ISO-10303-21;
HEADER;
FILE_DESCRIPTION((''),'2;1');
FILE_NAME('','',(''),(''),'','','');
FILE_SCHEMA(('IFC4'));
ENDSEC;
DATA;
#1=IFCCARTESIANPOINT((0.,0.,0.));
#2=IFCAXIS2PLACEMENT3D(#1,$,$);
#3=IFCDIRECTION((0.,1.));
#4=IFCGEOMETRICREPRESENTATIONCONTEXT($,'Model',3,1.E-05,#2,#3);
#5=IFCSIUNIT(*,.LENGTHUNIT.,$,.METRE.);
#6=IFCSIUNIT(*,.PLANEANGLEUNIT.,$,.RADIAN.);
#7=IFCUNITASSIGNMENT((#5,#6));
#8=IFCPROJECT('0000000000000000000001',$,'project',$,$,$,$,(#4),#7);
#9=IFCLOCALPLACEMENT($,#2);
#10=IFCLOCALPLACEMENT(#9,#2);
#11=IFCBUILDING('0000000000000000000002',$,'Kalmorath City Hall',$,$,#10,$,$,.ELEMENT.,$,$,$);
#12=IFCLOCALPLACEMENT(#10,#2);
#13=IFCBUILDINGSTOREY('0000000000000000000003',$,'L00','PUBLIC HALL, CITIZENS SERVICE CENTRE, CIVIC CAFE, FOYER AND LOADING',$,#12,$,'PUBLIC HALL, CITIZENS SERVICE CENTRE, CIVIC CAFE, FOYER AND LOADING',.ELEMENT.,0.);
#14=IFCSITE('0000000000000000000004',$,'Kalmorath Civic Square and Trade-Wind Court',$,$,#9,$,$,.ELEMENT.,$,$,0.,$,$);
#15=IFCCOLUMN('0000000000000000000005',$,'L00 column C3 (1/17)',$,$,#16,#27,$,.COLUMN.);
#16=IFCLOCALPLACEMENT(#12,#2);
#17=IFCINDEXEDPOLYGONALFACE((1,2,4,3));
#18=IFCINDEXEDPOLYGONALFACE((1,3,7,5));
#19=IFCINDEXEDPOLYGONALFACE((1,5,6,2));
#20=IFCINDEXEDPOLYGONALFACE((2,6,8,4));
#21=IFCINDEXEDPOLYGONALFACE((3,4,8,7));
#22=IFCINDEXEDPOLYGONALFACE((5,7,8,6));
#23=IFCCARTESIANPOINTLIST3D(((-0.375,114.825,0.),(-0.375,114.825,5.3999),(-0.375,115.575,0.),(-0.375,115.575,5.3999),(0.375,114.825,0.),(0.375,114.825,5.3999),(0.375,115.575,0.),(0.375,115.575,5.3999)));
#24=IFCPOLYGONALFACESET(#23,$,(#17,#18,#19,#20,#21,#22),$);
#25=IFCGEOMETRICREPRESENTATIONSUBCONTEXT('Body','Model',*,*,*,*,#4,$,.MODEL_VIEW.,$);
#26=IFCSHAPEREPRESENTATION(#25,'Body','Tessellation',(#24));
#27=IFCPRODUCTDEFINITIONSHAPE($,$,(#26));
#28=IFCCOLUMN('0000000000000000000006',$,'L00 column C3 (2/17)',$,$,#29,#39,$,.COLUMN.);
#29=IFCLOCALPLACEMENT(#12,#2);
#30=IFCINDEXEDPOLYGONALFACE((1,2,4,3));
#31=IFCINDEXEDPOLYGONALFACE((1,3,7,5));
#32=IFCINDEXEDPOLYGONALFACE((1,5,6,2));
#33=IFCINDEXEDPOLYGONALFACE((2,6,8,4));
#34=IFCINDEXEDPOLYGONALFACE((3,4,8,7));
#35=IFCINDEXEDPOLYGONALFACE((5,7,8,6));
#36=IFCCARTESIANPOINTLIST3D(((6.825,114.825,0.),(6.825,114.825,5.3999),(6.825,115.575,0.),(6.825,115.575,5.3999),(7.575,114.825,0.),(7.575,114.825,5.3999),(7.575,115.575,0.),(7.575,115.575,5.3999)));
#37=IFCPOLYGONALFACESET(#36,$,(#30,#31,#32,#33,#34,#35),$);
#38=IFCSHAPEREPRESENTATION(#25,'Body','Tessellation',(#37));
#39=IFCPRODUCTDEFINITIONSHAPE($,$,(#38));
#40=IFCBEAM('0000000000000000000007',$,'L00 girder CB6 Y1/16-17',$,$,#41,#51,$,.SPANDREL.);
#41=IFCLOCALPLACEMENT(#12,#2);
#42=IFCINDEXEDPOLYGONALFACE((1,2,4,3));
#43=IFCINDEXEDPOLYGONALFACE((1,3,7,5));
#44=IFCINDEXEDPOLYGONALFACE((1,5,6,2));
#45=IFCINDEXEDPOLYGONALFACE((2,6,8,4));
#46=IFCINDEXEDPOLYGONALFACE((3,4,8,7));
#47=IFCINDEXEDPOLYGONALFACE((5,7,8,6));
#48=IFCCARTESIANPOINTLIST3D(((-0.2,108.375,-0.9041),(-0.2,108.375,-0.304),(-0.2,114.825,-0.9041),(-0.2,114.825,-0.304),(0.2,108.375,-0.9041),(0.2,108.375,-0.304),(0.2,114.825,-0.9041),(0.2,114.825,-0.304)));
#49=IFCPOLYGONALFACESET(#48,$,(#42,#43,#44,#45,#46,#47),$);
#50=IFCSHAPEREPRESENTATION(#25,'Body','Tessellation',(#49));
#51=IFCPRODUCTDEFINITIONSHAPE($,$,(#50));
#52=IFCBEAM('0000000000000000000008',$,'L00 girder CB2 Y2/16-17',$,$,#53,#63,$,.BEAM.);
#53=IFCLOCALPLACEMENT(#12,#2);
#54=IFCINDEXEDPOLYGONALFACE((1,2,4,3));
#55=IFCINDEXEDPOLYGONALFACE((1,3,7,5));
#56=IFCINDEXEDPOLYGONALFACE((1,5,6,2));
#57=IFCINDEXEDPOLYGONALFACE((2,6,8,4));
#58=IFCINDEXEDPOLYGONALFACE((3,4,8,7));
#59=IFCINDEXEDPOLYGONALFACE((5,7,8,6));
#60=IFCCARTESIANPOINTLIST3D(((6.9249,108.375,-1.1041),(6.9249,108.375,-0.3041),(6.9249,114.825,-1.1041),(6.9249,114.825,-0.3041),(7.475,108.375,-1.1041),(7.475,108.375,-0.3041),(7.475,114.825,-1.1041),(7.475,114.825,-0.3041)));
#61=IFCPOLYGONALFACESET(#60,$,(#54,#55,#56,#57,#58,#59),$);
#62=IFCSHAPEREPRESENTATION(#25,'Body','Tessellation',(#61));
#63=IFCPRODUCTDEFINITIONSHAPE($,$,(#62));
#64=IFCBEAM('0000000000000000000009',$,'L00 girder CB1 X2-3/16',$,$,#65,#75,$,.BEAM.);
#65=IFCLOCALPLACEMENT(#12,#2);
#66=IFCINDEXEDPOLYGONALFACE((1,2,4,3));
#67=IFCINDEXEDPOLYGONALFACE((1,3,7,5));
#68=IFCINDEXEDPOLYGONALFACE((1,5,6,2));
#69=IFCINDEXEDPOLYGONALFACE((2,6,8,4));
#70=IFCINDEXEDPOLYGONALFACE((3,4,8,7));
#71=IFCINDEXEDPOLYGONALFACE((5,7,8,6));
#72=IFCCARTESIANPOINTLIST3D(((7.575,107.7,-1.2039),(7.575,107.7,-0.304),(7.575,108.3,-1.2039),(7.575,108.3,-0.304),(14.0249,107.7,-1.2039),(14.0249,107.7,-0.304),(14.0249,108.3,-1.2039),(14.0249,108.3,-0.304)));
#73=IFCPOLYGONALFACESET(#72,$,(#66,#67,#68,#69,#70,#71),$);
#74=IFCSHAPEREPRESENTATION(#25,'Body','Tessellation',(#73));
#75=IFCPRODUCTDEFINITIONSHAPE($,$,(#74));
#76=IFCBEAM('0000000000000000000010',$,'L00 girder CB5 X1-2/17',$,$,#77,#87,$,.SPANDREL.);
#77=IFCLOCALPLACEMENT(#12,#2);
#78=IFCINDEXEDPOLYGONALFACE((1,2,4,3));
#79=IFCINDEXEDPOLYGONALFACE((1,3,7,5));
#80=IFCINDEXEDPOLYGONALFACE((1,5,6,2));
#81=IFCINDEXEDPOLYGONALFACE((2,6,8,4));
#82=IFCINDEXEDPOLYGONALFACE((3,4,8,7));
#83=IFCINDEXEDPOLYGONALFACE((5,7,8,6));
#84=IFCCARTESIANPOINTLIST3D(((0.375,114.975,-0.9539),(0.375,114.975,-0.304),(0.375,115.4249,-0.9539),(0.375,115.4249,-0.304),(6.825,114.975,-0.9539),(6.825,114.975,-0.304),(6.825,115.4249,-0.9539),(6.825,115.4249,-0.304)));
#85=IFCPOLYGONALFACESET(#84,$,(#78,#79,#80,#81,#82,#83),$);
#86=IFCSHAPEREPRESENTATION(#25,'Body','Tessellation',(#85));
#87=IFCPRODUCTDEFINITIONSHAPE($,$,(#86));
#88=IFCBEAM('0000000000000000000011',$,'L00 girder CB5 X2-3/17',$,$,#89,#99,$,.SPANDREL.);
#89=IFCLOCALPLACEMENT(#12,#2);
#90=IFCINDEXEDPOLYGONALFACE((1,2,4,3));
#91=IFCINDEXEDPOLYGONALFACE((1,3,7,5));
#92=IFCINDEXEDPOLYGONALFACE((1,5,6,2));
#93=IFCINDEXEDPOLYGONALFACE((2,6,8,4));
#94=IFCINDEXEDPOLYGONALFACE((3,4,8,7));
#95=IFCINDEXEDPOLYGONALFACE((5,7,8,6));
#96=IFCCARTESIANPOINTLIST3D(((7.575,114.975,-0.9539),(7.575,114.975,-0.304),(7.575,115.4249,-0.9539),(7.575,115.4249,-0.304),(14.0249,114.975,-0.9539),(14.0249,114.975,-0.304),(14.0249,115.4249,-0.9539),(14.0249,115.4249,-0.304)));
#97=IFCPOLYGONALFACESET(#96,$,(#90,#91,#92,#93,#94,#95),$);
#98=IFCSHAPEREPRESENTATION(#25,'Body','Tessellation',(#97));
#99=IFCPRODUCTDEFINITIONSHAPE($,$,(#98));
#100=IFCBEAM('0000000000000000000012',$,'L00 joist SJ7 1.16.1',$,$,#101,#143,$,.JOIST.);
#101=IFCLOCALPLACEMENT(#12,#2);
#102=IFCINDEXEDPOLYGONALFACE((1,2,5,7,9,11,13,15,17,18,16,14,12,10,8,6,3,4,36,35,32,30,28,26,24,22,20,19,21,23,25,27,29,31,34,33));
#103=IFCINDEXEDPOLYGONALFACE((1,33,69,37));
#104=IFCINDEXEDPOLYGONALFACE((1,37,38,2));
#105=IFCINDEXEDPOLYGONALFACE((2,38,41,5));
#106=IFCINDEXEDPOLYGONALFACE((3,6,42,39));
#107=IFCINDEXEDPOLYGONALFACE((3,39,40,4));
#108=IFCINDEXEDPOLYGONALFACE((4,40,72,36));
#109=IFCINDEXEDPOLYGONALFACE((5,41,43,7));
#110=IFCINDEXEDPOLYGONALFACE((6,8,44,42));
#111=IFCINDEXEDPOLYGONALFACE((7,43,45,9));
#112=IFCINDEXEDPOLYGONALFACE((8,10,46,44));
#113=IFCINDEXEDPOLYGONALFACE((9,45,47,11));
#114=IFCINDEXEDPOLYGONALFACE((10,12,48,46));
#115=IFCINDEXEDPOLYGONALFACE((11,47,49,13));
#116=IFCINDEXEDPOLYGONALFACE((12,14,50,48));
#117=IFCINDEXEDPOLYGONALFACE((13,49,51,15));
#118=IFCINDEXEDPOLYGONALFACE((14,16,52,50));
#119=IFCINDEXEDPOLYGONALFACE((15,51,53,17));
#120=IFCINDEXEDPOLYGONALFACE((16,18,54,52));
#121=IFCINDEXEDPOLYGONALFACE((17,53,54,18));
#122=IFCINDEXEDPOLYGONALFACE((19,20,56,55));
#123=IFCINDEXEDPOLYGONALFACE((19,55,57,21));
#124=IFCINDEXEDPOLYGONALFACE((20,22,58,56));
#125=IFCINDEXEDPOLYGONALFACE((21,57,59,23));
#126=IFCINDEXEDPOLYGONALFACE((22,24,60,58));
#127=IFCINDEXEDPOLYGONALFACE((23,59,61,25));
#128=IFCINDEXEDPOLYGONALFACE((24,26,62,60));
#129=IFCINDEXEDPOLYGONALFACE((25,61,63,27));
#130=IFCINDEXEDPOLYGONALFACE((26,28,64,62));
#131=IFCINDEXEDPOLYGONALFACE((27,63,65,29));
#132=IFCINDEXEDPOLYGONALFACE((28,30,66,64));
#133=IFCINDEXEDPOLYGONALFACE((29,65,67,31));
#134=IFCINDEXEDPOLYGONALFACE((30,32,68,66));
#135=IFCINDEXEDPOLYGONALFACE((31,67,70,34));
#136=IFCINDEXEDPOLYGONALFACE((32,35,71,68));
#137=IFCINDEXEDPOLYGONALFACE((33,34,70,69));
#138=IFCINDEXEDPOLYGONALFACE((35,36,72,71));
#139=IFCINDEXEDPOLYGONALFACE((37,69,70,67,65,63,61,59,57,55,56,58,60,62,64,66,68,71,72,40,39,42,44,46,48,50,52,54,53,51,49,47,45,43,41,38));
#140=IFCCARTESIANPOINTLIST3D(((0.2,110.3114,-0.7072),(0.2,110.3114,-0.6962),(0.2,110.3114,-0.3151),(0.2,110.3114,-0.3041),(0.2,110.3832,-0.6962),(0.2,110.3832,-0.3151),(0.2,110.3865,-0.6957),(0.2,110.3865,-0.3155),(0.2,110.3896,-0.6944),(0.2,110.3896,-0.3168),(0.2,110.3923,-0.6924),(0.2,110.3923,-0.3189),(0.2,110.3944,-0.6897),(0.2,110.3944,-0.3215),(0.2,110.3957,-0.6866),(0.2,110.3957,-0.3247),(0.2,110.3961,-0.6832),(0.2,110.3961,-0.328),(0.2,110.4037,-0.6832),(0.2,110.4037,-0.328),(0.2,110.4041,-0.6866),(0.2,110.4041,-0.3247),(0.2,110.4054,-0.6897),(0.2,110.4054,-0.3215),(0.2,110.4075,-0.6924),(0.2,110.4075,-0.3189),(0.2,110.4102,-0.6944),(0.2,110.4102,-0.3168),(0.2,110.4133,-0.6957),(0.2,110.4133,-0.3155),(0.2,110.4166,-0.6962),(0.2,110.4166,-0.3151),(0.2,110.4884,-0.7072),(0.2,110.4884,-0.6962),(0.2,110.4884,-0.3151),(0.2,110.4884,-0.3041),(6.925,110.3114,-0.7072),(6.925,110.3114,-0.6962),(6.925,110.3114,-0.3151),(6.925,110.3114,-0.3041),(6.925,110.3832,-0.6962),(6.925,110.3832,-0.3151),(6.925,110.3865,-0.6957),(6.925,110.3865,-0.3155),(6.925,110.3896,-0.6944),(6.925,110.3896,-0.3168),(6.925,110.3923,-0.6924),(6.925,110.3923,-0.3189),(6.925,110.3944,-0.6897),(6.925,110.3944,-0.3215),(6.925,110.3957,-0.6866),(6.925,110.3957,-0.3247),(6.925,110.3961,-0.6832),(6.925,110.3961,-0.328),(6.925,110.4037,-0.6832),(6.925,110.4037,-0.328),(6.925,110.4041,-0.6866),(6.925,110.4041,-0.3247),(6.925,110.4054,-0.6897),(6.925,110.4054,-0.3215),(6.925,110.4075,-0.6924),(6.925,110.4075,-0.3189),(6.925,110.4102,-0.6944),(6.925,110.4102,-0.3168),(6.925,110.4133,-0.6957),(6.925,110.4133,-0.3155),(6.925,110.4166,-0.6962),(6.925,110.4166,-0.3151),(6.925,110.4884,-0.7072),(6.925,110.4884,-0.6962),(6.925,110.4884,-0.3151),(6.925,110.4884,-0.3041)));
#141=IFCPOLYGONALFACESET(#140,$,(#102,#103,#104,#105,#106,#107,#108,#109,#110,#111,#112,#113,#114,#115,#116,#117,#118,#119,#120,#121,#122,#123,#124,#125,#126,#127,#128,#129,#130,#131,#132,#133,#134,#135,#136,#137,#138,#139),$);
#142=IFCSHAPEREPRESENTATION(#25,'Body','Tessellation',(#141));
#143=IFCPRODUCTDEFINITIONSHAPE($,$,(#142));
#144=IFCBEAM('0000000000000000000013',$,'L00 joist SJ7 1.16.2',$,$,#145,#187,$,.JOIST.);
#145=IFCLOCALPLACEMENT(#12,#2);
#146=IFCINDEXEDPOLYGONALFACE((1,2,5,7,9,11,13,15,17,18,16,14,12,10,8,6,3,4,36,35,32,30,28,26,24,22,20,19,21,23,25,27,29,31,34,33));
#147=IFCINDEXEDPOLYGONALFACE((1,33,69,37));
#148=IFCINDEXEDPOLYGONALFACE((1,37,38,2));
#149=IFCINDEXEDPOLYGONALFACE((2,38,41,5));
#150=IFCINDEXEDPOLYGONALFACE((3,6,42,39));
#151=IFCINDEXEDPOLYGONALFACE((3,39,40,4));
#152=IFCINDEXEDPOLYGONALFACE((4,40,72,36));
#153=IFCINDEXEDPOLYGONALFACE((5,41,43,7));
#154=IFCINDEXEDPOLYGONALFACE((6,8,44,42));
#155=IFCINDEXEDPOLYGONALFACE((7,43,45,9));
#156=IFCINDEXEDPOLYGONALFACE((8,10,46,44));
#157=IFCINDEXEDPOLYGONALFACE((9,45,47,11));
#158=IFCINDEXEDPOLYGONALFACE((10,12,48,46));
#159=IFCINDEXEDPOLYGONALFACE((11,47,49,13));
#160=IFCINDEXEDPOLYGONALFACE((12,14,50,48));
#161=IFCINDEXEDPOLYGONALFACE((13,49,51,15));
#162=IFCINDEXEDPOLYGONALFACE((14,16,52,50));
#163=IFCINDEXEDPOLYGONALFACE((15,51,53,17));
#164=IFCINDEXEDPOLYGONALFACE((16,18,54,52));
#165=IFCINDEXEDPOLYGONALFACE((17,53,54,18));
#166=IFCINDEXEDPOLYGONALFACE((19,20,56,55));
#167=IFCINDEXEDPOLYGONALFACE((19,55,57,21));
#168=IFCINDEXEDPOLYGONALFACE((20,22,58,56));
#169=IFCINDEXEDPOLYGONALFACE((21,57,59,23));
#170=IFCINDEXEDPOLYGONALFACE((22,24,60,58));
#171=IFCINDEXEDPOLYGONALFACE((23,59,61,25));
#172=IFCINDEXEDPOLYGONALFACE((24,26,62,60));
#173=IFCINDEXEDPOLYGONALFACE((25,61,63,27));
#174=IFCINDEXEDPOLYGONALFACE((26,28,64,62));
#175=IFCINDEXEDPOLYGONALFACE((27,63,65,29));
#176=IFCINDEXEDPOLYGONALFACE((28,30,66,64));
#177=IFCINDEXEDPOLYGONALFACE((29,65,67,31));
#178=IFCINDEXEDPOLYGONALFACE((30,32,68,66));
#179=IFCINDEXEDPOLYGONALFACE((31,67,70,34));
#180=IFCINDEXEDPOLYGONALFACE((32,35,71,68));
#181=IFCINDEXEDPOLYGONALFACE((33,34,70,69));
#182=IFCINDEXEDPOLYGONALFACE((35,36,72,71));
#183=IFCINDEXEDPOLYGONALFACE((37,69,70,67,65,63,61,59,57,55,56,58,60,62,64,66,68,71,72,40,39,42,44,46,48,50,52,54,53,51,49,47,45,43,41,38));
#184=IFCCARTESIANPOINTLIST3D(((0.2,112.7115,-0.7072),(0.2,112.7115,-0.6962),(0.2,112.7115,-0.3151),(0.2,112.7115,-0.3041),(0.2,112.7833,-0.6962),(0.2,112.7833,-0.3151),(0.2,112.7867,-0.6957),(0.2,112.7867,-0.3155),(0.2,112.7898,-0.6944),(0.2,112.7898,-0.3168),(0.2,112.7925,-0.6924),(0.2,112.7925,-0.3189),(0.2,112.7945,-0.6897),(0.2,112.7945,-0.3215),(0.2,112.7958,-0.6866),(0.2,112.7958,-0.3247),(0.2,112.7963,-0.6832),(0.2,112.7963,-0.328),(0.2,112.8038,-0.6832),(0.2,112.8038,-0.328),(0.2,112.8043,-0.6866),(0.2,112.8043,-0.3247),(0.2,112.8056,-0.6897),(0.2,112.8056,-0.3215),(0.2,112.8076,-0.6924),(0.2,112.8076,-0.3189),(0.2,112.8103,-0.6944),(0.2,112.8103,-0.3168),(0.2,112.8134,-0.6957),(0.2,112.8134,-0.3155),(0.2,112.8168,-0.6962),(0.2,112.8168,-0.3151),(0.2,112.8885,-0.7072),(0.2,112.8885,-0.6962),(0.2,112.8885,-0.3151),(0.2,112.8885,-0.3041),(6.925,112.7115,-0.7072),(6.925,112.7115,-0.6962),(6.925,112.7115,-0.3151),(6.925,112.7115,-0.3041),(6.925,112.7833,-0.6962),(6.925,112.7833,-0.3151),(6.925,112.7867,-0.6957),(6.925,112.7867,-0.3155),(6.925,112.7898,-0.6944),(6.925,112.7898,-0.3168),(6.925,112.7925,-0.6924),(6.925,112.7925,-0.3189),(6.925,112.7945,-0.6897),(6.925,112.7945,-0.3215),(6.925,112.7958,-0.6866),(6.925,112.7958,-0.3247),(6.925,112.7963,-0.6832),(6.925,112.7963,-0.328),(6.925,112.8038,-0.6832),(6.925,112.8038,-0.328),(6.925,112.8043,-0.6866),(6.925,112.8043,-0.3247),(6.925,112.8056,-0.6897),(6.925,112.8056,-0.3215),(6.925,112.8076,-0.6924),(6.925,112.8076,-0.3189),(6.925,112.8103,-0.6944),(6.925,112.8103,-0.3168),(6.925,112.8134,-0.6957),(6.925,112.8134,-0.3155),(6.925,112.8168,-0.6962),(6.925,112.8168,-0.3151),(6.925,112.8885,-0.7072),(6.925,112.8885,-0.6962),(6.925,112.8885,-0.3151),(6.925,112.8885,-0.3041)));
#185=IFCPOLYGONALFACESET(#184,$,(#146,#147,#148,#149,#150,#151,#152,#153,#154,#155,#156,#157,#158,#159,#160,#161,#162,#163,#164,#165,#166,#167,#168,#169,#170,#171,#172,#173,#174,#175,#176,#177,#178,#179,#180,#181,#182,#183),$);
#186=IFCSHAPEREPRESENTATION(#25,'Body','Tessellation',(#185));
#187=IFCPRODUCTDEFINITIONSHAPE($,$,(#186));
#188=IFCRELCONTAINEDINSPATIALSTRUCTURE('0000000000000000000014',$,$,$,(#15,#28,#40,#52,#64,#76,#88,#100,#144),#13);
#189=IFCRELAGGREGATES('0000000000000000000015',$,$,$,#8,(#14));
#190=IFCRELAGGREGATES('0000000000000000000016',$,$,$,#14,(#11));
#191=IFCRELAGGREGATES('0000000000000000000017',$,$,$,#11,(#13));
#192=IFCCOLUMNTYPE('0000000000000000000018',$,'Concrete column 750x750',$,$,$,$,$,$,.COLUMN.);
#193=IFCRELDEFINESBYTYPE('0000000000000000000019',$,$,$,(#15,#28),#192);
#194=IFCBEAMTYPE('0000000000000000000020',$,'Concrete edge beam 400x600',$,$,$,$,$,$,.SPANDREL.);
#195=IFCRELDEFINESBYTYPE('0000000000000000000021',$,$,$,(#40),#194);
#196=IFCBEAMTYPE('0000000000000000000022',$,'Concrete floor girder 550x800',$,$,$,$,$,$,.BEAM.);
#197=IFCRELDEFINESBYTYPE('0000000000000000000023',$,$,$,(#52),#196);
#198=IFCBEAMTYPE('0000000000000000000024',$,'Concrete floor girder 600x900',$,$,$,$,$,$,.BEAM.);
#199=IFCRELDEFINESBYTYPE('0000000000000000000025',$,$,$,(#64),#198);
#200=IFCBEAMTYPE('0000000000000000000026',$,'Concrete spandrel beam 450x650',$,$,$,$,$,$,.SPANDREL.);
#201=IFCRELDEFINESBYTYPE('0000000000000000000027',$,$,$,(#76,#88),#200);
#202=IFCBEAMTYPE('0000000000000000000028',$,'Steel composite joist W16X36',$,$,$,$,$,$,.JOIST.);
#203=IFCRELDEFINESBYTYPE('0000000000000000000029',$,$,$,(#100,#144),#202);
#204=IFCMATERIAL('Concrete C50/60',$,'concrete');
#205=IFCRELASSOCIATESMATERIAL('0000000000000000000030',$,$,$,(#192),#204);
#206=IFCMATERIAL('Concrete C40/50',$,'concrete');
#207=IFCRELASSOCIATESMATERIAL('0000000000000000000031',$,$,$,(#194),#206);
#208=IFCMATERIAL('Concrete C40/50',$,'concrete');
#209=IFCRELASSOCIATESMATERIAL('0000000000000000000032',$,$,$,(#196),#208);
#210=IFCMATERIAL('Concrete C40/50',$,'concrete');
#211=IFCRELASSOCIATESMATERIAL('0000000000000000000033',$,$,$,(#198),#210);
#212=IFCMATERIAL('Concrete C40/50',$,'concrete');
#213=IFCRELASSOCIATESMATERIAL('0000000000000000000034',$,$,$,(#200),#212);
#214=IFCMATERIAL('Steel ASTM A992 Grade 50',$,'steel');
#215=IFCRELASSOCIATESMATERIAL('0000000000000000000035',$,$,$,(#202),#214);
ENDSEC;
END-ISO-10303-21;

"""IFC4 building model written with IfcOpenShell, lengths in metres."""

from ifc_helpers import new_model, si_unit, direction, frame, origin, origin_2d, place, context, subcontext, project, spatial, rectangle, i_section, extrude, material, material_profile, profile_set, type_object, element, save


model = new_model("IFC4")

# Units and contexts
model_context = context("Model", 3, precision=1e-05, world=origin(), true_north=direction((0.0, 1.0)))
body_context = subcontext(model_context, "Body", "Model", "MODEL_VIEW")
ifc_project = project(units=[si_unit("LENGTHUNIT", "METRE"), si_unit("PLANEANGLEUNIT", "RADIAN")], contexts=[model_context])

# Site, building, storey
site_placement = place(None, origin())
site = spatial("IfcSite", under=ifc_project, at=site_placement, Name="Kalmorath Civic Square and Trade-Wind Court", CompositionType="ELEMENT", RefElevation=0.0)
building_placement = place(site_placement, origin())
building = spatial("IfcBuilding", under=site, at=building_placement, Name="Kalmorath City Hall", CompositionType="ELEMENT")
storey_placement = place(building_placement, origin())
storey = spatial("IfcBuildingStorey", under=building, at=storey_placement, Name="L00", Description="PUBLIC HALL, CITIZENS SERVICE CENTRE, CIVIC CAFE, FOYER AND LOADING", LongName="PUBLIC HALL, CITIZENS SERVICE CENTRE, CIVIC CAFE, FOYER AND LOADING", CompositionType="ELEMENT", Elevation=0.0)

# Columns
ifc_material_1 = material(Name="Concrete C50/60", Category="concrete")
ifc_material_profile_1 = material_profile(ifc_material_1, rectangle(XDim=0.75, YDim=0.75, at=origin_2d()), Name="RC-COL-750X750")
ifc_profile_set_1 = profile_set([ifc_material_profile_1], Name="Concrete C50/60")
column_type = type_object("IfcColumnType", Name="Concrete column 750x750", PredefinedType="COLUMN", material=ifc_profile_set_1)
for number, where, z_axis, x_axis, name in (
    (1, (0.0, 115.2, 0.0), (0.0, 0.0, 1.0), (1.0, 0.0, 0.0), "L00 column C3 (1/17)"),
    (2, (7.2, 115.2, 0.0), (0.0, 0.0, 1.0), (1.0, 0.0, 0.0), "L00 column C3 (2/17)"),
):
    element("IfcColumn", number, at=place(storey_placement, frame(where, z_axis=z_axis, x_axis=x_axis)), inside=storey, type_object=column_type, Name=name, PredefinedType="COLUMN", context=body_context, shape_type="SweptSolid", body=[
        extrude(rectangle(XDim=0.75, YDim=0.75, at=origin_2d()), origin(), (0.0, 0.0, 1.0), 5.3999),
    ])

# Beams
ifc_material_2 = material(Name="Concrete C40/50", Category="concrete")
ifc_material_profile_2 = material_profile(ifc_material_2, rectangle(XDim=0.3999, YDim=0.6001, at=origin_2d()), Name="RC-BM-400X600")
ifc_profile_set_2 = profile_set([ifc_material_profile_2], Name="Concrete C40/50")
beam_type_1 = type_object("IfcBeamType", Name="Concrete edge beam 400x600", PredefinedType="SPANDREL", material=ifc_profile_set_2)
beam_1_placement = place(storey_placement, frame((0.0, 108.375, -0.604), z_axis=(0.0, 1.0, 0.0), x_axis=(-1.0, 0.0, 0.0)))
element("IfcBeam", 3, at=beam_1_placement, inside=storey, type_object=beam_type_1, Name="L00 girder CB6 Y1/16-17", PredefinedType="SPANDREL", context=body_context, shape_type="SweptSolid", body=[
    extrude(rectangle(XDim=0.3999, YDim=0.6001, at=origin_2d()), origin(), (0.0, 0.0, 1.0), 6.45),
])
ifc_material_3 = material(Name="Concrete C40/50", Category="concrete")
ifc_material_profile_3 = material_profile(ifc_material_3, rectangle(XDim=0.55, YDim=0.8, at=origin_2d()), Name="RC-BM-550X800")
ifc_profile_set_3 = profile_set([ifc_material_profile_3], Name="Concrete C40/50")
beam_type_2 = type_object("IfcBeamType", Name="Concrete floor girder 550x800", PredefinedType="BEAM", material=ifc_profile_set_3)
beam_2_placement = place(storey_placement, frame((7.2, 108.375, -0.7041), z_axis=(0.0, 1.0, 0.0), x_axis=(-1.0, 0.0, 0.0)))
element("IfcBeam", 4, at=beam_2_placement, inside=storey, type_object=beam_type_2, Name="L00 girder CB2 Y2/16-17", PredefinedType="BEAM", context=body_context, shape_type="SweptSolid", body=[
    extrude(rectangle(XDim=0.55, YDim=0.8, at=origin_2d()), origin(), (0.0, 0.0, 1.0), 6.45),
])
ifc_material_4 = material(Name="Concrete C40/50", Category="concrete")
ifc_material_profile_4 = material_profile(ifc_material_4, rectangle(XDim=0.6001, YDim=0.8999, at=origin_2d()), Name="RC-BM-600X900")
ifc_profile_set_4 = profile_set([ifc_material_profile_4], Name="Concrete C40/50")
beam_type_3 = type_object("IfcBeamType", Name="Concrete floor girder 600x900", PredefinedType="BEAM", material=ifc_profile_set_4)
beam_3_placement = place(storey_placement, frame((7.575, 108.0, -0.7539), z_axis=(1.0, 0.0, 0.0), x_axis=(0.0, 1.0, 0.0)))
element("IfcBeam", 5, at=beam_3_placement, inside=storey, type_object=beam_type_3, Name="L00 girder CB1 X2-3/16", PredefinedType="BEAM", context=body_context, shape_type="SweptSolid", body=[
    extrude(rectangle(XDim=0.6001, YDim=0.8999, at=origin_2d()), origin(), (0.0, 0.0, 1.0), 6.45),
])
ifc_material_5 = material(Name="Concrete C40/50", Category="concrete")
ifc_material_profile_5 = material_profile(ifc_material_5, rectangle(XDim=0.45, YDim=0.6499, at=origin_2d()), Name="RC-BM-450X650")
ifc_profile_set_5 = profile_set([ifc_material_profile_5], Name="Concrete C40/50")
beam_type_4 = type_object("IfcBeamType", Name="Concrete spandrel beam 450x650", PredefinedType="SPANDREL", material=ifc_profile_set_5)
for number, where, z_axis, x_axis, name in (
    (6, (0.375, 115.2, -0.6289), (1.0, 0.0, 0.0), (0.0, 1.0, 0.0), "L00 girder CB5 X1-2/17"),
    (7, (7.575, 115.2, -0.6289), (1.0, 0.0, 0.0), (0.0, 1.0, 0.0), "L00 girder CB5 X2-3/17"),
):
    element("IfcBeam", number, at=place(storey_placement, frame(where, z_axis=z_axis, x_axis=x_axis)), inside=storey, type_object=beam_type_4, Name=name, PredefinedType="SPANDREL", context=body_context, shape_type="SweptSolid", body=[
        extrude(rectangle(XDim=0.45, YDim=0.6499, at=origin_2d()), origin(), (0.0, 0.0, 1.0), 6.45),
    ])
ifc_material_6 = material(Name="Steel ASTM A992 Grade 50", Category="steel")
ifc_material_profile_6 = material_profile(ifc_material_6, i_section(OverallWidth=0.177, OverallDepth=0.4031, WebThickness=0.0076, FlangeThickness=0.011, FilletRadius=0.0129, at=origin_2d()), Name="W16X36")
ifc_profile_set_6 = profile_set([ifc_material_profile_6], Name="Steel ASTM A992 Grade 50")
beam_type_5 = type_object("IfcBeamType", Name="Steel composite joist W16X36", PredefinedType="JOIST", material=ifc_profile_set_6)
for number, where, z_axis, x_axis, name in (
    (8, (0.2, 110.3999, -0.5056), (1.0, 0.0, 0.0), (0.0, 1.0, 0.0), "L00 joist SJ7 1.16.1"),
    (9, (0.2, 112.8, -0.5056), (1.0, 0.0, 0.0), (0.0, 1.0, 0.0), "L00 joist SJ7 1.16.2"),
):
    element("IfcBeam", number, at=place(storey_placement, frame(where, z_axis=z_axis, x_axis=x_axis)), inside=storey, type_object=beam_type_5, Name=name, PredefinedType="JOIST", context=body_context, shape_type="SweptSolid", body=[
        extrude(i_section(OverallWidth=0.177, OverallDepth=0.4031, WebThickness=0.0076, FlangeThickness=0.011, FilletRadius=0.0129, at=origin_2d()), origin(), (0.0, 0.0, 1.0), 6.7251),
    ])

save(model, "model.ifc")
